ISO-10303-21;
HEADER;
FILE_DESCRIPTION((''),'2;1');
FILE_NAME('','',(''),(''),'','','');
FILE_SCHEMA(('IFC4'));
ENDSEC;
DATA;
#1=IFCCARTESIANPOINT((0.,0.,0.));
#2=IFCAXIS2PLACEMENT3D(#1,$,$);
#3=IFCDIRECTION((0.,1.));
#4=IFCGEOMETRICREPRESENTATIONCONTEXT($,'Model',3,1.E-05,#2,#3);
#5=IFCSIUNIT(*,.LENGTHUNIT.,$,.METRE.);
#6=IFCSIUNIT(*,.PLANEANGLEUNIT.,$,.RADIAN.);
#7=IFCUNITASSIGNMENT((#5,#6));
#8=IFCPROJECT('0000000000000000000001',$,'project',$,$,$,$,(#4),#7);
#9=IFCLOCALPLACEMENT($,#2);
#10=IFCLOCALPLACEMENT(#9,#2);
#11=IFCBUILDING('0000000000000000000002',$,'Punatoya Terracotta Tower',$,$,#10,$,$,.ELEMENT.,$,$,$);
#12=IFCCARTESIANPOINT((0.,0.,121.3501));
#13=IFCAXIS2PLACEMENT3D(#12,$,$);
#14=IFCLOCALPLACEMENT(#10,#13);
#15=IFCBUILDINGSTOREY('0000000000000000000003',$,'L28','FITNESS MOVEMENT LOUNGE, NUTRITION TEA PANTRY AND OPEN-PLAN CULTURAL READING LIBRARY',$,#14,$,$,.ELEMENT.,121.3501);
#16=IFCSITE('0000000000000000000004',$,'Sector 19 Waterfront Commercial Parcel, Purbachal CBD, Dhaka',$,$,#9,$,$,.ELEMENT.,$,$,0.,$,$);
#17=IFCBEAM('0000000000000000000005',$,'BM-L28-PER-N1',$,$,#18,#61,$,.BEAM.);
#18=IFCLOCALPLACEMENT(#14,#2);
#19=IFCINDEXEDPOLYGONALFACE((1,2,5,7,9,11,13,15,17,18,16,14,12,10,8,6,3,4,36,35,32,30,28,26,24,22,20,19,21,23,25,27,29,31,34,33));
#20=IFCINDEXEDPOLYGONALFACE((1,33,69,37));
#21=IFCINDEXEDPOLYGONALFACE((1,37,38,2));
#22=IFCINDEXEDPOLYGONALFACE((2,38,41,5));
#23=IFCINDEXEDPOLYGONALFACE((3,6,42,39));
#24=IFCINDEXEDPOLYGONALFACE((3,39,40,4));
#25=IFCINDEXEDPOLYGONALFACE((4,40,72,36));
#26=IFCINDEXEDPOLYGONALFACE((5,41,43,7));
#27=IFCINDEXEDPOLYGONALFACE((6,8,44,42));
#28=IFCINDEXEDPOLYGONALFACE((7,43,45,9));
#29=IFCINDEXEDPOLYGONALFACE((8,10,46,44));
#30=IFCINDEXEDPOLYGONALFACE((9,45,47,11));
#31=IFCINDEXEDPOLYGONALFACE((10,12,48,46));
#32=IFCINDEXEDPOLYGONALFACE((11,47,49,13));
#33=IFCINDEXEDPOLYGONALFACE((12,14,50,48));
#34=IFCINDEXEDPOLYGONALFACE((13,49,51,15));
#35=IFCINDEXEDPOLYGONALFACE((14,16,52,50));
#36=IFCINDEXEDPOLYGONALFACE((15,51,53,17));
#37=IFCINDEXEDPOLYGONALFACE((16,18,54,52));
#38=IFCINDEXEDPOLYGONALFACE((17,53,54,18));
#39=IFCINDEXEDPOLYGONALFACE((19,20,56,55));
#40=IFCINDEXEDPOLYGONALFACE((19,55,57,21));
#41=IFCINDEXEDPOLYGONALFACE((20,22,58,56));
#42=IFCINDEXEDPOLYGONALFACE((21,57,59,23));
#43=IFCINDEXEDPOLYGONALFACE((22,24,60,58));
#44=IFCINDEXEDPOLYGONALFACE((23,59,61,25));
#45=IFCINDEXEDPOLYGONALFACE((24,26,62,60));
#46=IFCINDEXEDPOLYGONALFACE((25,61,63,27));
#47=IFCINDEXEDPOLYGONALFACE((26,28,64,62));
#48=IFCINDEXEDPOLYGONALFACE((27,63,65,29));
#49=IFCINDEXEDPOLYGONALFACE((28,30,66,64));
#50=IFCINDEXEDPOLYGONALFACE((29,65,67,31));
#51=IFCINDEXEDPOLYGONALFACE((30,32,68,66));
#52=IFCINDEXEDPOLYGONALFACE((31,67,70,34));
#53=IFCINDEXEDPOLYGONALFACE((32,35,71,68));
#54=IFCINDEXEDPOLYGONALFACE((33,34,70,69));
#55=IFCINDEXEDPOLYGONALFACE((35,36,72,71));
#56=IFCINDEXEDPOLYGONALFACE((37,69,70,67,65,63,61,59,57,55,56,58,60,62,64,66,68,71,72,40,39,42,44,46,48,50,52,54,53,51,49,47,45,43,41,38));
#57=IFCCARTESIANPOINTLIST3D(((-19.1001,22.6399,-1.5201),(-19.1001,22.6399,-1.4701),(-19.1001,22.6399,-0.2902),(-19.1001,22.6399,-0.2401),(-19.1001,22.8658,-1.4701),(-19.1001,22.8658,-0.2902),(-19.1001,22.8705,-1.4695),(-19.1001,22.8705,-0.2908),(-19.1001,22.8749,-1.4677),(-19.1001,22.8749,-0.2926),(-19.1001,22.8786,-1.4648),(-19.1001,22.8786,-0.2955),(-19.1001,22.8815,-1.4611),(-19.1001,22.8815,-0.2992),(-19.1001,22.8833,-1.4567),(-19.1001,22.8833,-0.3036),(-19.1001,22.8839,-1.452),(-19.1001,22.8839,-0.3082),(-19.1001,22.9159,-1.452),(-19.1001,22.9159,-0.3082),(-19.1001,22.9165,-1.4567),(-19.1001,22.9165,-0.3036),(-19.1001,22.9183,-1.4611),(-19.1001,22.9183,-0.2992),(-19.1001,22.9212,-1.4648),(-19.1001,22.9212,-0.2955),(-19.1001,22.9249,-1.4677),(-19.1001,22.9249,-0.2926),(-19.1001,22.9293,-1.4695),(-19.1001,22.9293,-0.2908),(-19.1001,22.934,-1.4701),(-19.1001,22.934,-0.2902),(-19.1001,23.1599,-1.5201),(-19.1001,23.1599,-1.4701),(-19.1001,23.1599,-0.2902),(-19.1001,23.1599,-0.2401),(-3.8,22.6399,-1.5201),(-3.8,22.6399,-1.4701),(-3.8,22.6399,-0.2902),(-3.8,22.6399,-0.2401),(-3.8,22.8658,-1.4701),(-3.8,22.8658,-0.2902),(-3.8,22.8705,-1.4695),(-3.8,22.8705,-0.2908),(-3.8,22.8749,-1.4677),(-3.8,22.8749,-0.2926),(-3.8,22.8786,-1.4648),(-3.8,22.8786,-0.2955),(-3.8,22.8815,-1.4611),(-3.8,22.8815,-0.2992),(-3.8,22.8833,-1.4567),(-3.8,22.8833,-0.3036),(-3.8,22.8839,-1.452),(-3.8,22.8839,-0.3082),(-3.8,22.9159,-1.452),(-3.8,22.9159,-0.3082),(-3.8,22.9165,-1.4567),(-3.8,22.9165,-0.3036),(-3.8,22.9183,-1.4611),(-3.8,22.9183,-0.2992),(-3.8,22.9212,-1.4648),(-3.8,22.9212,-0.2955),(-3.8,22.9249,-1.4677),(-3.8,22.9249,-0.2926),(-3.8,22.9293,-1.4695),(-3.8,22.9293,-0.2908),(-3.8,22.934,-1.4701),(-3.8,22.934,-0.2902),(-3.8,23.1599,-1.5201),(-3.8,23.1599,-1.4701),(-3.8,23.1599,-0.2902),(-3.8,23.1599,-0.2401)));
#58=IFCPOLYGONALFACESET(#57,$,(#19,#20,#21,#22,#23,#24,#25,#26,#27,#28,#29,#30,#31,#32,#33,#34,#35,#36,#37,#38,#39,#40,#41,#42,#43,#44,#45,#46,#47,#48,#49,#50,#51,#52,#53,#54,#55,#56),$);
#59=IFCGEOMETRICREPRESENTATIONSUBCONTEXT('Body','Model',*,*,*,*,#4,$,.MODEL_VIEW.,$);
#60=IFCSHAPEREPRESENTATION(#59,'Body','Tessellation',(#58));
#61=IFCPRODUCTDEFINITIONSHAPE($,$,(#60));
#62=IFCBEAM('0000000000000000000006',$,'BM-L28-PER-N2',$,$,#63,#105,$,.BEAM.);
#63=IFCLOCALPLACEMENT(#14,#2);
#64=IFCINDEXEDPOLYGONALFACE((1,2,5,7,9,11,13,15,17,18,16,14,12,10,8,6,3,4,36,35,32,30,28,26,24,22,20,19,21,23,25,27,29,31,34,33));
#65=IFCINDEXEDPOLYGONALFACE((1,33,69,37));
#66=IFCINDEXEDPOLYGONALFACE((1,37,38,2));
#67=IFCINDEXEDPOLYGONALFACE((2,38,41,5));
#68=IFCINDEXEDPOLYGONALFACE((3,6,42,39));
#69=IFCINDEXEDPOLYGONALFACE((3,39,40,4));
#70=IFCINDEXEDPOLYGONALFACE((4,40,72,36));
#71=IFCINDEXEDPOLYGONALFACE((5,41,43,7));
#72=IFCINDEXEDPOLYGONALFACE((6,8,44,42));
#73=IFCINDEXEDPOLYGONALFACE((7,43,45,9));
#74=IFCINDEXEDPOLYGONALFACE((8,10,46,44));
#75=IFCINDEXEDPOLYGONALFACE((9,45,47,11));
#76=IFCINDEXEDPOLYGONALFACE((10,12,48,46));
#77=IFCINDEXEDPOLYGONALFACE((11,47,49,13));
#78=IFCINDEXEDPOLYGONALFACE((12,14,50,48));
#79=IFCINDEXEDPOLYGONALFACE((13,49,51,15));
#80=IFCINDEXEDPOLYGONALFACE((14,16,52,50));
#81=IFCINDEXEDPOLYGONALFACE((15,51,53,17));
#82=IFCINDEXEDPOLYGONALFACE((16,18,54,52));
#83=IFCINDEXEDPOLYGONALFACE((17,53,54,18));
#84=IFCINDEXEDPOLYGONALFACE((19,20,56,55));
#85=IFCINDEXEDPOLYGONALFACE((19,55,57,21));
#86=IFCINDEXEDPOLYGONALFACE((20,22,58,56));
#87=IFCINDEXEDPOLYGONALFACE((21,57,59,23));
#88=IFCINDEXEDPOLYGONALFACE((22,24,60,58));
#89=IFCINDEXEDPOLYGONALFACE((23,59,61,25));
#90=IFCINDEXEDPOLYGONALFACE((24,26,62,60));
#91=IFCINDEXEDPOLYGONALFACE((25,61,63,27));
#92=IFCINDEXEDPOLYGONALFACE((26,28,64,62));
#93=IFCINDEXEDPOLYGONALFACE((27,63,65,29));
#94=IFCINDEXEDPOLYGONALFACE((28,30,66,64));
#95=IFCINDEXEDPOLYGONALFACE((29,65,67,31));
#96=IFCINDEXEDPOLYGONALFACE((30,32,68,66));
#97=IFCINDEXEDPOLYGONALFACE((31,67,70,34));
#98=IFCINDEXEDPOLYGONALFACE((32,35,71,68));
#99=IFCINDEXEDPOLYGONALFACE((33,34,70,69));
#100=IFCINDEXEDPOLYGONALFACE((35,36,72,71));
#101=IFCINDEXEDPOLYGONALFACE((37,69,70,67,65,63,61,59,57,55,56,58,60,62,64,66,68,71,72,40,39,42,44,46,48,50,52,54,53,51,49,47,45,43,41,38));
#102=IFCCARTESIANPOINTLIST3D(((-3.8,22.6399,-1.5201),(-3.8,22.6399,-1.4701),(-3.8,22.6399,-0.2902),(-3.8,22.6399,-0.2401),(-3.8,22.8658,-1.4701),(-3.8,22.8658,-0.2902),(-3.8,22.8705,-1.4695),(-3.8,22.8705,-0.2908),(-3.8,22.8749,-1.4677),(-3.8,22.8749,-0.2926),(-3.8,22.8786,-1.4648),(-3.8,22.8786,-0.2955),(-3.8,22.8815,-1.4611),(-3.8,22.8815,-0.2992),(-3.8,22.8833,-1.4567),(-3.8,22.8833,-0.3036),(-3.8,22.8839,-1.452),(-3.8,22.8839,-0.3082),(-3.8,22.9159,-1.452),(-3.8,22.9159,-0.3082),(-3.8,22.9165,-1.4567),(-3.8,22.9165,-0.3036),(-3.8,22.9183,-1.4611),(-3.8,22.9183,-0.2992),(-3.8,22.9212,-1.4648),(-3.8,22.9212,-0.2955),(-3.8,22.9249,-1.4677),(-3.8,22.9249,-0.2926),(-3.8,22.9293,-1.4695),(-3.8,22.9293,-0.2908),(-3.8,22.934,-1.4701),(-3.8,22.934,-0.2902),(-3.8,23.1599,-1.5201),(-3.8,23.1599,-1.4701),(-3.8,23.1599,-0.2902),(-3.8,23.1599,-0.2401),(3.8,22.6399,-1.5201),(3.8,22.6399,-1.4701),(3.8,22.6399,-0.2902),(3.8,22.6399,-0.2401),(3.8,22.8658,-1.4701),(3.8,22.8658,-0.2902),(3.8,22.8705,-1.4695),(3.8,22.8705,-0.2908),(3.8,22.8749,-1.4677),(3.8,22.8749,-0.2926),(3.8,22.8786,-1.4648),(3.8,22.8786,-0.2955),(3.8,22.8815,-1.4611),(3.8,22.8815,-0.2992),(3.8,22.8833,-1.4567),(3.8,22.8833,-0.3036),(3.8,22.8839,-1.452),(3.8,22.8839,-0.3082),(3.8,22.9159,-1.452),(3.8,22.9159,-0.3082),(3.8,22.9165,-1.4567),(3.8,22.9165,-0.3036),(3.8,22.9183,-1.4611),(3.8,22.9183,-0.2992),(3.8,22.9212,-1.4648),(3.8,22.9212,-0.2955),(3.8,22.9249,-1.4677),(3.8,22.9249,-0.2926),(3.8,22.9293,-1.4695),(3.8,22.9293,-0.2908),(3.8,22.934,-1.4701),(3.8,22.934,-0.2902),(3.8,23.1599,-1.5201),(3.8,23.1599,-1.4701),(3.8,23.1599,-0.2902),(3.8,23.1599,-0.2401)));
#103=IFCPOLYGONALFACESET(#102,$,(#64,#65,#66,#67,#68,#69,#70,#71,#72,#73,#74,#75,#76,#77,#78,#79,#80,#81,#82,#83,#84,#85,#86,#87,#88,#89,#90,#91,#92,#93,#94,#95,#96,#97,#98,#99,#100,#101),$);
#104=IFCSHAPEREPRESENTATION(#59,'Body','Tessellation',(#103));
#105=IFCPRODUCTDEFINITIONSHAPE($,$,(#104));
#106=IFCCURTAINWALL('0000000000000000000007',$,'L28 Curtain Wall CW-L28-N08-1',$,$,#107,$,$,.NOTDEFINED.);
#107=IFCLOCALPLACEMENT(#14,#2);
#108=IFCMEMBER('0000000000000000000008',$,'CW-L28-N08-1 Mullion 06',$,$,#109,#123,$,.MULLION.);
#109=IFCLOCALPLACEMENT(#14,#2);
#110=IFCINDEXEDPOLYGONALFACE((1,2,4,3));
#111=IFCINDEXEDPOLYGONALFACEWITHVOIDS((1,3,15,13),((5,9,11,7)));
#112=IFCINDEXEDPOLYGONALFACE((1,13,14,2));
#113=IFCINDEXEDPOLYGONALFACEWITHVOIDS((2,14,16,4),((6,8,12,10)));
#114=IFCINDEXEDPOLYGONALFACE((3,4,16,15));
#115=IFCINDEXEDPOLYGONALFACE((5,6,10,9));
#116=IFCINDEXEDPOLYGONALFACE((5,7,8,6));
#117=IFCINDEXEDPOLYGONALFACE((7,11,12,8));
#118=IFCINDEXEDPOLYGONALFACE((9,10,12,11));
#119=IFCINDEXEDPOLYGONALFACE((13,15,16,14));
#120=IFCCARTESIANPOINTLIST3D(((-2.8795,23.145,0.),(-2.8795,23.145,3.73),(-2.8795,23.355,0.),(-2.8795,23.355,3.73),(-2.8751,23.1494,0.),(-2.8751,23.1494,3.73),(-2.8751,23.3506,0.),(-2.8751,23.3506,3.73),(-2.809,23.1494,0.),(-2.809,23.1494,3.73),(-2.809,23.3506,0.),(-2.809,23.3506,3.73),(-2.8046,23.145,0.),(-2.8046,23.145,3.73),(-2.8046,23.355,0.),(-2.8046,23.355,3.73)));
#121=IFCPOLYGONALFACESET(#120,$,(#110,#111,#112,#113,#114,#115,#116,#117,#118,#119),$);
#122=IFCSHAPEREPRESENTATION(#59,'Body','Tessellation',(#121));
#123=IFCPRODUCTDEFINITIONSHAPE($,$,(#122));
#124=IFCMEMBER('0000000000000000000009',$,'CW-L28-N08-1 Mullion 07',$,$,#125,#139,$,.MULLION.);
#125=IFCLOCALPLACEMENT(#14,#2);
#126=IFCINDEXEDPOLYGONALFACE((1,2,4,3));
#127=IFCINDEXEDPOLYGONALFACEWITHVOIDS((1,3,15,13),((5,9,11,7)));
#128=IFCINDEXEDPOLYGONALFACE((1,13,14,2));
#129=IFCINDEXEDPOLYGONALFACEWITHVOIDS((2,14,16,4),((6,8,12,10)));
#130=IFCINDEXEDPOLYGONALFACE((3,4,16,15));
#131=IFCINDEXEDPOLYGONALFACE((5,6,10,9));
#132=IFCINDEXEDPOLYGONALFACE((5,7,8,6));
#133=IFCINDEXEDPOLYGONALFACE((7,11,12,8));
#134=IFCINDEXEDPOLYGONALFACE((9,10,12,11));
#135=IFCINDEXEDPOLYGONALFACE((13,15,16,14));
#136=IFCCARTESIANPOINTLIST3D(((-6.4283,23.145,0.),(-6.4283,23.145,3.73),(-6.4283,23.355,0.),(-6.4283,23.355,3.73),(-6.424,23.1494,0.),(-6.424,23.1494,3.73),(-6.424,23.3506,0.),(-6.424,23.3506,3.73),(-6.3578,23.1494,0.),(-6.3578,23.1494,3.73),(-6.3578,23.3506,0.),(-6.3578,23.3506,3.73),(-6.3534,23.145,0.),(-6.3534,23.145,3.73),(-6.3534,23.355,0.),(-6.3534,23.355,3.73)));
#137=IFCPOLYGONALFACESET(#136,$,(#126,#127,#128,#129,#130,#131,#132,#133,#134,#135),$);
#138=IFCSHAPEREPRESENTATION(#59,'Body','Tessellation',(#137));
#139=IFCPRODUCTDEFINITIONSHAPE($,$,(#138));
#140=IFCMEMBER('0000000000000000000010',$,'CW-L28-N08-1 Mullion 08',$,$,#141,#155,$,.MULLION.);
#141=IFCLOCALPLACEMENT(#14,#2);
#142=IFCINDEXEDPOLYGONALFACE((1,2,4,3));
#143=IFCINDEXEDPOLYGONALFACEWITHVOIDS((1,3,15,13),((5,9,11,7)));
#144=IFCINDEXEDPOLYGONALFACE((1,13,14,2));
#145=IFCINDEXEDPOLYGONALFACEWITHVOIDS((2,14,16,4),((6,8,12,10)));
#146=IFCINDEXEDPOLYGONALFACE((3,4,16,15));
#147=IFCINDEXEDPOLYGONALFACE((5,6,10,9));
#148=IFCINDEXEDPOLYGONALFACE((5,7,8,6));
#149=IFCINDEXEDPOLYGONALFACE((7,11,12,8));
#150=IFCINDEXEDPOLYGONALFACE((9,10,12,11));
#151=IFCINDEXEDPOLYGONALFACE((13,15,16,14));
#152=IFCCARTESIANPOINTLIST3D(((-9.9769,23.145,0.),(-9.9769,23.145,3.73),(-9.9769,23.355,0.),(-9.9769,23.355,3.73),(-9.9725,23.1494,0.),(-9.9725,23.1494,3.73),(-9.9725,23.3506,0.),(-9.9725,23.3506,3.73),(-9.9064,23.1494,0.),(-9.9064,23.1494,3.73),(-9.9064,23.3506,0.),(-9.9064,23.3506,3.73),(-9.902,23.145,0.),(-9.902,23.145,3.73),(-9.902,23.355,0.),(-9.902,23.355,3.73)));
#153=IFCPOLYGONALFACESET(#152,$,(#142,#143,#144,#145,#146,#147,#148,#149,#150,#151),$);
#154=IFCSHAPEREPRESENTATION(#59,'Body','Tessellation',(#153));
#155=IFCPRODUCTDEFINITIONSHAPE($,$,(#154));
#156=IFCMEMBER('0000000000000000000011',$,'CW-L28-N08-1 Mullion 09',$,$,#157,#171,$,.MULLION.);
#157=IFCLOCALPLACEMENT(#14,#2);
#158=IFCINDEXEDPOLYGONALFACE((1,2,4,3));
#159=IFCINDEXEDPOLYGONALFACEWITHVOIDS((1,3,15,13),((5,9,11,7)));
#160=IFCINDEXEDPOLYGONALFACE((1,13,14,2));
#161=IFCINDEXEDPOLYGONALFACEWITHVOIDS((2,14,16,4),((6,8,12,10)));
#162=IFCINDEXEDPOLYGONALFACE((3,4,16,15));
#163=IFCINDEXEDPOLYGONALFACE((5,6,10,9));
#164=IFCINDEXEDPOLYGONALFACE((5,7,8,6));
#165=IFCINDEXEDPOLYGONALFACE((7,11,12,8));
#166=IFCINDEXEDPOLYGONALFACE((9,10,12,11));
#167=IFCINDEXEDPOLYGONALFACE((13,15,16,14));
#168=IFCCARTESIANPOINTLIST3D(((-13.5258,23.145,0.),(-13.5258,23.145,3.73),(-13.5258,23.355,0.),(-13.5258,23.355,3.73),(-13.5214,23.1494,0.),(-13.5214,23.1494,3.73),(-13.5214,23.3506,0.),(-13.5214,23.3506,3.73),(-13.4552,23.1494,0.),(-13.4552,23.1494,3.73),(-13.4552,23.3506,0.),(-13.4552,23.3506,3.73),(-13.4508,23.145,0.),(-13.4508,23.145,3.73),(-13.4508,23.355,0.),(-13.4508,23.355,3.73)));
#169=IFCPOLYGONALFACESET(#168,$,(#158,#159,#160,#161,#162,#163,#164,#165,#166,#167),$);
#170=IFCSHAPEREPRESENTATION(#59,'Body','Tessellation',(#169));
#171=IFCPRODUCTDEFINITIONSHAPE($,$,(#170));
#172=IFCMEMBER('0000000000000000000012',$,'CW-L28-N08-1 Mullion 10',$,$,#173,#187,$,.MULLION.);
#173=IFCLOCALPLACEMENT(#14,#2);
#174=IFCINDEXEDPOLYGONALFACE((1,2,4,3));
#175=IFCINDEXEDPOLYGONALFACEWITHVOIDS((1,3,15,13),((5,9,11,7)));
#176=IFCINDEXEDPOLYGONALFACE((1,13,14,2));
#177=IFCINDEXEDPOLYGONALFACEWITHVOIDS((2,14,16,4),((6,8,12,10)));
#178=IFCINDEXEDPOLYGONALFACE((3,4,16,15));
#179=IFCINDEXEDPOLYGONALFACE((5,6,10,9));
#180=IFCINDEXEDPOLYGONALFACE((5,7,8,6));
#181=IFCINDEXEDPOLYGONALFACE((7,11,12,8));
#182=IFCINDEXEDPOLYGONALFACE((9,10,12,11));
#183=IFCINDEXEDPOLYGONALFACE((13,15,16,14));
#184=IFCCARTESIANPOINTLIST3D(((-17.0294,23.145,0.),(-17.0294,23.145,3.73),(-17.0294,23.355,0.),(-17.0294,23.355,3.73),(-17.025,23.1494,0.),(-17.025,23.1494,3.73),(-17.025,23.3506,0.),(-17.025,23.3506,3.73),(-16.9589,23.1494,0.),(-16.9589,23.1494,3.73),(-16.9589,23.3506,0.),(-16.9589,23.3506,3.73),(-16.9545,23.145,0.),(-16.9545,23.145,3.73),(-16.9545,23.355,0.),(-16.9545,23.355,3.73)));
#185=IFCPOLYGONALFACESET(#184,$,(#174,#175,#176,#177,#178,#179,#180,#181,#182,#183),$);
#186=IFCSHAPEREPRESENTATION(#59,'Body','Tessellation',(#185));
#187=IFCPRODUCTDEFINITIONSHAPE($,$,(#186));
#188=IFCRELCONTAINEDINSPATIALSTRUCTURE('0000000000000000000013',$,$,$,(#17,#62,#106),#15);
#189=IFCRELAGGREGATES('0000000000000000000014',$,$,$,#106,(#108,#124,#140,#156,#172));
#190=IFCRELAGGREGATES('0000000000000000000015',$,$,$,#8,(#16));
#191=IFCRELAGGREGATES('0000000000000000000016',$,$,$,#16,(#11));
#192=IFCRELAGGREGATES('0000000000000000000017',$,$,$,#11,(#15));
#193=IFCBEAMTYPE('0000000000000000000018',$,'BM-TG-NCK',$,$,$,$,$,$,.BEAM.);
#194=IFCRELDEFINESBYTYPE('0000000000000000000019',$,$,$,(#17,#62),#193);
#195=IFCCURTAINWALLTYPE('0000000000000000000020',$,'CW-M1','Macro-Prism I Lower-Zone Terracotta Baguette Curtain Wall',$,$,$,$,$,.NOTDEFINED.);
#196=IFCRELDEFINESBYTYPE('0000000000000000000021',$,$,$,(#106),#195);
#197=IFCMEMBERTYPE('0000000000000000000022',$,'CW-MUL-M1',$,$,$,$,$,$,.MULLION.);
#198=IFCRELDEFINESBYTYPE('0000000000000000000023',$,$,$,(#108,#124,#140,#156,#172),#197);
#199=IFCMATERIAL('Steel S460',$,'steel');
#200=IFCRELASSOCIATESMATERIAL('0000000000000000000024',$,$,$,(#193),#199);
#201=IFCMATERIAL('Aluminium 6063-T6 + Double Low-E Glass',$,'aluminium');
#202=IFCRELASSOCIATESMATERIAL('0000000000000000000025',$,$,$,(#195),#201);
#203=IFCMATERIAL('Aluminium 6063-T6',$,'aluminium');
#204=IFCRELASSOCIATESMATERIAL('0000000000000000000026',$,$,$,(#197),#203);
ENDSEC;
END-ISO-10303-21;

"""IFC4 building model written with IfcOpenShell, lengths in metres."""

from ifc_helpers import new_model, si_unit, direction, frame, origin, origin_2d, place, context, subcontext, project, spatial, hollow_rectangle, i_section, extrude, material, material_profile, profile_set, type_object, element, aggregate, save


model = new_model("IFC4")

# Units and contexts
model_context = context("Model", 3, precision=1e-05, world=origin(), true_north=direction((0.0, 1.0)))
body_context = subcontext(model_context, "Body", "Model", "MODEL_VIEW")
ifc_project = project(units=[si_unit("LENGTHUNIT", "METRE"), si_unit("PLANEANGLEUNIT", "RADIAN")], contexts=[model_context])

# Site, building, storey
site_placement = place(None, origin())
site = spatial("IfcSite", under=ifc_project, at=site_placement, Name="Sector 19 Waterfront Commercial Parcel, Purbachal CBD, Dhaka", CompositionType="ELEMENT", RefElevation=0.0)
building_placement = place(site_placement, origin())
building = spatial("IfcBuilding", under=site, at=building_placement, Name="Punatoya Terracotta Tower", CompositionType="ELEMENT")
storey_placement = place(building_placement, frame((0.0, 0.0, 121.3501)))
storey = spatial("IfcBuildingStorey", under=building, at=storey_placement, Name="L28", Description="FITNESS MOVEMENT LOUNGE, NUTRITION TEA PANTRY AND OPEN-PLAN CULTURAL READING LIBRARY", CompositionType="ELEMENT", Elevation=121.3501)

# Shared definitions
ifc_material_1 = material(Name="Steel S460", Category="steel")

# Beams
ifc_material_profile_1 = material_profile(ifc_material_1, i_section(OverallWidth=0.52, OverallDepth=1.28, WebThickness=0.032, FlangeThickness=0.05, FilletRadius=0.0181, at=origin_2d()))
ifc_profile_set_1 = profile_set([ifc_material_profile_1], Name="Steel S460")
beam_type_1 = type_object("IfcBeamType", Name="BM-TG-NCK", PredefinedType="BEAM", material=ifc_profile_set_1)
beam_1_placement = place(storey_placement, frame((-19.1001, 22.8999, -0.8801), z_axis=(1.0, 0.0, 0.0), x_axis=(0.0, 1.0, 0.0)))
element("IfcBeam", 1, at=beam_1_placement, inside=storey, type_object=beam_type_1, Name="BM-L28-PER-N1", PredefinedType="BEAM", context=body_context, shape_type="SweptSolid", body=[
    extrude(i_section(OverallWidth=0.52, OverallDepth=1.28, WebThickness=0.032, FlangeThickness=0.05, FilletRadius=0.0181, at=origin_2d()), origin(), (0.0, 0.0, 1.0), 15.3),
])
beam_2_placement = place(storey_placement, frame((-3.8, 22.8999, -0.8801), z_axis=(1.0, 0.0, 0.0), x_axis=(0.0, 1.0, 0.0)))
element("IfcBeam", 2, at=beam_2_placement, inside=storey, type_object=beam_type_1, Name="BM-L28-PER-N2", PredefinedType="BEAM", context=body_context, shape_type="SweptSolid", body=[
    extrude(i_section(OverallWidth=0.52, OverallDepth=1.28, WebThickness=0.032, FlangeThickness=0.05, FilletRadius=0.0181, at=origin_2d()), origin(), (0.0, 0.0, 1.0), 7.6001),
])

# Curtain wall, members
ifc_material_2 = material(Name="Aluminium 6063-T6 + Double Low-E Glass", Category="aluminium")
curtain_wall_type = type_object("IfcCurtainWallType", Name="CW-M1", Description="Macro-Prism I Lower-Zone Terracotta Baguette Curtain Wall", PredefinedType="NOTDEFINED", material=ifc_material_2)
curtain_wall_1_placement = place(storey_placement, origin())
curtain_wall_1 = element("IfcCurtainWall", 3, at=curtain_wall_1_placement, inside=storey, type_object=curtain_wall_type, Name="L28 Curtain Wall CW-L28-N08-1", PredefinedType="NOTDEFINED")
ifc_material_3 = material(Name="Aluminium 6063-T6", Category="aluminium")
ifc_material_profile_2 = material_profile(ifc_material_3, hollow_rectangle(XDim=0.075, YDim=0.21, WallThickness=0.0044, at=origin_2d()))
ifc_profile_set_2 = profile_set([ifc_material_profile_2], Name="Aluminium 6063-T6")
member_type_1 = type_object("IfcMemberType", Name="CW-MUL-M1", PredefinedType="MULLION", material=ifc_profile_set_2)
member_1_placement = place(storey_placement, frame((-2.842, 23.25, 0.0), z_axis=(0.0, 0.0, 1.0), x_axis=(1.0, 0.0, 0.0)))
member_1 = element("IfcMember", 4, at=member_1_placement, type_object=member_type_1, Name="CW-L28-N08-1 Mullion 06", PredefinedType="MULLION", context=body_context, shape_type="SweptSolid", body=[
    extrude(hollow_rectangle(XDim=0.075, YDim=0.21, WallThickness=0.0044, at=origin_2d()), origin(), (0.0, 0.0, 1.0), 3.73),
])
member_2_placement = place(storey_placement, frame((-6.3909, 23.25, 0.0), z_axis=(0.0, 0.0, 1.0), x_axis=(1.0, 0.0, 0.0)))
member_2 = element("IfcMember", 5, at=member_2_placement, type_object=member_type_1, Name="CW-L28-N08-1 Mullion 07", PredefinedType="MULLION", context=body_context, shape_type="SweptSolid", body=[
    extrude(hollow_rectangle(XDim=0.075, YDim=0.21, WallThickness=0.0044, at=origin_2d()), origin(), (0.0, 0.0, 1.0), 3.73),
])
member_3_placement = place(storey_placement, frame((-9.9395, 23.25, 0.0), z_axis=(0.0, 0.0, 1.0), x_axis=(1.0, 0.0, 0.0)))
member_3 = element("IfcMember", 6, at=member_3_placement, type_object=member_type_1, Name="CW-L28-N08-1 Mullion 08", PredefinedType="MULLION", context=body_context, shape_type="SweptSolid", body=[
    extrude(hollow_rectangle(XDim=0.075, YDim=0.21, WallThickness=0.0044, at=origin_2d()), origin(), (0.0, 0.0, 1.0), 3.73),
])
member_4_placement = place(storey_placement, frame((-13.4883, 23.25, 0.0), z_axis=(0.0, 0.0, 1.0), x_axis=(1.0, 0.0, 0.0)))
member_4 = element("IfcMember", 7, at=member_4_placement, type_object=member_type_1, Name="CW-L28-N08-1 Mullion 09", PredefinedType="MULLION", context=body_context, shape_type="SweptSolid", body=[
    extrude(hollow_rectangle(XDim=0.075, YDim=0.21, WallThickness=0.0044, at=origin_2d()), origin(), (0.0, 0.0, 1.0), 3.73),
])
member_5_placement = place(storey_placement, frame((-16.9919, 23.25, 0.0), z_axis=(0.0, 0.0, 1.0), x_axis=(1.0, 0.0, 0.0)))
member_5 = element("IfcMember", 8, at=member_5_placement, type_object=member_type_1, Name="CW-L28-N08-1 Mullion 10", PredefinedType="MULLION", context=body_context, shape_type="SweptSolid", body=[
    extrude(hollow_rectangle(XDim=0.075, YDim=0.21, WallThickness=0.0044, at=origin_2d()), origin(), (0.0, 0.0, 1.0), 3.73),
])

aggregate(curtain_wall_1, [member_1, member_2, member_3, member_4, member_5])

save(model, "model.ifc")
